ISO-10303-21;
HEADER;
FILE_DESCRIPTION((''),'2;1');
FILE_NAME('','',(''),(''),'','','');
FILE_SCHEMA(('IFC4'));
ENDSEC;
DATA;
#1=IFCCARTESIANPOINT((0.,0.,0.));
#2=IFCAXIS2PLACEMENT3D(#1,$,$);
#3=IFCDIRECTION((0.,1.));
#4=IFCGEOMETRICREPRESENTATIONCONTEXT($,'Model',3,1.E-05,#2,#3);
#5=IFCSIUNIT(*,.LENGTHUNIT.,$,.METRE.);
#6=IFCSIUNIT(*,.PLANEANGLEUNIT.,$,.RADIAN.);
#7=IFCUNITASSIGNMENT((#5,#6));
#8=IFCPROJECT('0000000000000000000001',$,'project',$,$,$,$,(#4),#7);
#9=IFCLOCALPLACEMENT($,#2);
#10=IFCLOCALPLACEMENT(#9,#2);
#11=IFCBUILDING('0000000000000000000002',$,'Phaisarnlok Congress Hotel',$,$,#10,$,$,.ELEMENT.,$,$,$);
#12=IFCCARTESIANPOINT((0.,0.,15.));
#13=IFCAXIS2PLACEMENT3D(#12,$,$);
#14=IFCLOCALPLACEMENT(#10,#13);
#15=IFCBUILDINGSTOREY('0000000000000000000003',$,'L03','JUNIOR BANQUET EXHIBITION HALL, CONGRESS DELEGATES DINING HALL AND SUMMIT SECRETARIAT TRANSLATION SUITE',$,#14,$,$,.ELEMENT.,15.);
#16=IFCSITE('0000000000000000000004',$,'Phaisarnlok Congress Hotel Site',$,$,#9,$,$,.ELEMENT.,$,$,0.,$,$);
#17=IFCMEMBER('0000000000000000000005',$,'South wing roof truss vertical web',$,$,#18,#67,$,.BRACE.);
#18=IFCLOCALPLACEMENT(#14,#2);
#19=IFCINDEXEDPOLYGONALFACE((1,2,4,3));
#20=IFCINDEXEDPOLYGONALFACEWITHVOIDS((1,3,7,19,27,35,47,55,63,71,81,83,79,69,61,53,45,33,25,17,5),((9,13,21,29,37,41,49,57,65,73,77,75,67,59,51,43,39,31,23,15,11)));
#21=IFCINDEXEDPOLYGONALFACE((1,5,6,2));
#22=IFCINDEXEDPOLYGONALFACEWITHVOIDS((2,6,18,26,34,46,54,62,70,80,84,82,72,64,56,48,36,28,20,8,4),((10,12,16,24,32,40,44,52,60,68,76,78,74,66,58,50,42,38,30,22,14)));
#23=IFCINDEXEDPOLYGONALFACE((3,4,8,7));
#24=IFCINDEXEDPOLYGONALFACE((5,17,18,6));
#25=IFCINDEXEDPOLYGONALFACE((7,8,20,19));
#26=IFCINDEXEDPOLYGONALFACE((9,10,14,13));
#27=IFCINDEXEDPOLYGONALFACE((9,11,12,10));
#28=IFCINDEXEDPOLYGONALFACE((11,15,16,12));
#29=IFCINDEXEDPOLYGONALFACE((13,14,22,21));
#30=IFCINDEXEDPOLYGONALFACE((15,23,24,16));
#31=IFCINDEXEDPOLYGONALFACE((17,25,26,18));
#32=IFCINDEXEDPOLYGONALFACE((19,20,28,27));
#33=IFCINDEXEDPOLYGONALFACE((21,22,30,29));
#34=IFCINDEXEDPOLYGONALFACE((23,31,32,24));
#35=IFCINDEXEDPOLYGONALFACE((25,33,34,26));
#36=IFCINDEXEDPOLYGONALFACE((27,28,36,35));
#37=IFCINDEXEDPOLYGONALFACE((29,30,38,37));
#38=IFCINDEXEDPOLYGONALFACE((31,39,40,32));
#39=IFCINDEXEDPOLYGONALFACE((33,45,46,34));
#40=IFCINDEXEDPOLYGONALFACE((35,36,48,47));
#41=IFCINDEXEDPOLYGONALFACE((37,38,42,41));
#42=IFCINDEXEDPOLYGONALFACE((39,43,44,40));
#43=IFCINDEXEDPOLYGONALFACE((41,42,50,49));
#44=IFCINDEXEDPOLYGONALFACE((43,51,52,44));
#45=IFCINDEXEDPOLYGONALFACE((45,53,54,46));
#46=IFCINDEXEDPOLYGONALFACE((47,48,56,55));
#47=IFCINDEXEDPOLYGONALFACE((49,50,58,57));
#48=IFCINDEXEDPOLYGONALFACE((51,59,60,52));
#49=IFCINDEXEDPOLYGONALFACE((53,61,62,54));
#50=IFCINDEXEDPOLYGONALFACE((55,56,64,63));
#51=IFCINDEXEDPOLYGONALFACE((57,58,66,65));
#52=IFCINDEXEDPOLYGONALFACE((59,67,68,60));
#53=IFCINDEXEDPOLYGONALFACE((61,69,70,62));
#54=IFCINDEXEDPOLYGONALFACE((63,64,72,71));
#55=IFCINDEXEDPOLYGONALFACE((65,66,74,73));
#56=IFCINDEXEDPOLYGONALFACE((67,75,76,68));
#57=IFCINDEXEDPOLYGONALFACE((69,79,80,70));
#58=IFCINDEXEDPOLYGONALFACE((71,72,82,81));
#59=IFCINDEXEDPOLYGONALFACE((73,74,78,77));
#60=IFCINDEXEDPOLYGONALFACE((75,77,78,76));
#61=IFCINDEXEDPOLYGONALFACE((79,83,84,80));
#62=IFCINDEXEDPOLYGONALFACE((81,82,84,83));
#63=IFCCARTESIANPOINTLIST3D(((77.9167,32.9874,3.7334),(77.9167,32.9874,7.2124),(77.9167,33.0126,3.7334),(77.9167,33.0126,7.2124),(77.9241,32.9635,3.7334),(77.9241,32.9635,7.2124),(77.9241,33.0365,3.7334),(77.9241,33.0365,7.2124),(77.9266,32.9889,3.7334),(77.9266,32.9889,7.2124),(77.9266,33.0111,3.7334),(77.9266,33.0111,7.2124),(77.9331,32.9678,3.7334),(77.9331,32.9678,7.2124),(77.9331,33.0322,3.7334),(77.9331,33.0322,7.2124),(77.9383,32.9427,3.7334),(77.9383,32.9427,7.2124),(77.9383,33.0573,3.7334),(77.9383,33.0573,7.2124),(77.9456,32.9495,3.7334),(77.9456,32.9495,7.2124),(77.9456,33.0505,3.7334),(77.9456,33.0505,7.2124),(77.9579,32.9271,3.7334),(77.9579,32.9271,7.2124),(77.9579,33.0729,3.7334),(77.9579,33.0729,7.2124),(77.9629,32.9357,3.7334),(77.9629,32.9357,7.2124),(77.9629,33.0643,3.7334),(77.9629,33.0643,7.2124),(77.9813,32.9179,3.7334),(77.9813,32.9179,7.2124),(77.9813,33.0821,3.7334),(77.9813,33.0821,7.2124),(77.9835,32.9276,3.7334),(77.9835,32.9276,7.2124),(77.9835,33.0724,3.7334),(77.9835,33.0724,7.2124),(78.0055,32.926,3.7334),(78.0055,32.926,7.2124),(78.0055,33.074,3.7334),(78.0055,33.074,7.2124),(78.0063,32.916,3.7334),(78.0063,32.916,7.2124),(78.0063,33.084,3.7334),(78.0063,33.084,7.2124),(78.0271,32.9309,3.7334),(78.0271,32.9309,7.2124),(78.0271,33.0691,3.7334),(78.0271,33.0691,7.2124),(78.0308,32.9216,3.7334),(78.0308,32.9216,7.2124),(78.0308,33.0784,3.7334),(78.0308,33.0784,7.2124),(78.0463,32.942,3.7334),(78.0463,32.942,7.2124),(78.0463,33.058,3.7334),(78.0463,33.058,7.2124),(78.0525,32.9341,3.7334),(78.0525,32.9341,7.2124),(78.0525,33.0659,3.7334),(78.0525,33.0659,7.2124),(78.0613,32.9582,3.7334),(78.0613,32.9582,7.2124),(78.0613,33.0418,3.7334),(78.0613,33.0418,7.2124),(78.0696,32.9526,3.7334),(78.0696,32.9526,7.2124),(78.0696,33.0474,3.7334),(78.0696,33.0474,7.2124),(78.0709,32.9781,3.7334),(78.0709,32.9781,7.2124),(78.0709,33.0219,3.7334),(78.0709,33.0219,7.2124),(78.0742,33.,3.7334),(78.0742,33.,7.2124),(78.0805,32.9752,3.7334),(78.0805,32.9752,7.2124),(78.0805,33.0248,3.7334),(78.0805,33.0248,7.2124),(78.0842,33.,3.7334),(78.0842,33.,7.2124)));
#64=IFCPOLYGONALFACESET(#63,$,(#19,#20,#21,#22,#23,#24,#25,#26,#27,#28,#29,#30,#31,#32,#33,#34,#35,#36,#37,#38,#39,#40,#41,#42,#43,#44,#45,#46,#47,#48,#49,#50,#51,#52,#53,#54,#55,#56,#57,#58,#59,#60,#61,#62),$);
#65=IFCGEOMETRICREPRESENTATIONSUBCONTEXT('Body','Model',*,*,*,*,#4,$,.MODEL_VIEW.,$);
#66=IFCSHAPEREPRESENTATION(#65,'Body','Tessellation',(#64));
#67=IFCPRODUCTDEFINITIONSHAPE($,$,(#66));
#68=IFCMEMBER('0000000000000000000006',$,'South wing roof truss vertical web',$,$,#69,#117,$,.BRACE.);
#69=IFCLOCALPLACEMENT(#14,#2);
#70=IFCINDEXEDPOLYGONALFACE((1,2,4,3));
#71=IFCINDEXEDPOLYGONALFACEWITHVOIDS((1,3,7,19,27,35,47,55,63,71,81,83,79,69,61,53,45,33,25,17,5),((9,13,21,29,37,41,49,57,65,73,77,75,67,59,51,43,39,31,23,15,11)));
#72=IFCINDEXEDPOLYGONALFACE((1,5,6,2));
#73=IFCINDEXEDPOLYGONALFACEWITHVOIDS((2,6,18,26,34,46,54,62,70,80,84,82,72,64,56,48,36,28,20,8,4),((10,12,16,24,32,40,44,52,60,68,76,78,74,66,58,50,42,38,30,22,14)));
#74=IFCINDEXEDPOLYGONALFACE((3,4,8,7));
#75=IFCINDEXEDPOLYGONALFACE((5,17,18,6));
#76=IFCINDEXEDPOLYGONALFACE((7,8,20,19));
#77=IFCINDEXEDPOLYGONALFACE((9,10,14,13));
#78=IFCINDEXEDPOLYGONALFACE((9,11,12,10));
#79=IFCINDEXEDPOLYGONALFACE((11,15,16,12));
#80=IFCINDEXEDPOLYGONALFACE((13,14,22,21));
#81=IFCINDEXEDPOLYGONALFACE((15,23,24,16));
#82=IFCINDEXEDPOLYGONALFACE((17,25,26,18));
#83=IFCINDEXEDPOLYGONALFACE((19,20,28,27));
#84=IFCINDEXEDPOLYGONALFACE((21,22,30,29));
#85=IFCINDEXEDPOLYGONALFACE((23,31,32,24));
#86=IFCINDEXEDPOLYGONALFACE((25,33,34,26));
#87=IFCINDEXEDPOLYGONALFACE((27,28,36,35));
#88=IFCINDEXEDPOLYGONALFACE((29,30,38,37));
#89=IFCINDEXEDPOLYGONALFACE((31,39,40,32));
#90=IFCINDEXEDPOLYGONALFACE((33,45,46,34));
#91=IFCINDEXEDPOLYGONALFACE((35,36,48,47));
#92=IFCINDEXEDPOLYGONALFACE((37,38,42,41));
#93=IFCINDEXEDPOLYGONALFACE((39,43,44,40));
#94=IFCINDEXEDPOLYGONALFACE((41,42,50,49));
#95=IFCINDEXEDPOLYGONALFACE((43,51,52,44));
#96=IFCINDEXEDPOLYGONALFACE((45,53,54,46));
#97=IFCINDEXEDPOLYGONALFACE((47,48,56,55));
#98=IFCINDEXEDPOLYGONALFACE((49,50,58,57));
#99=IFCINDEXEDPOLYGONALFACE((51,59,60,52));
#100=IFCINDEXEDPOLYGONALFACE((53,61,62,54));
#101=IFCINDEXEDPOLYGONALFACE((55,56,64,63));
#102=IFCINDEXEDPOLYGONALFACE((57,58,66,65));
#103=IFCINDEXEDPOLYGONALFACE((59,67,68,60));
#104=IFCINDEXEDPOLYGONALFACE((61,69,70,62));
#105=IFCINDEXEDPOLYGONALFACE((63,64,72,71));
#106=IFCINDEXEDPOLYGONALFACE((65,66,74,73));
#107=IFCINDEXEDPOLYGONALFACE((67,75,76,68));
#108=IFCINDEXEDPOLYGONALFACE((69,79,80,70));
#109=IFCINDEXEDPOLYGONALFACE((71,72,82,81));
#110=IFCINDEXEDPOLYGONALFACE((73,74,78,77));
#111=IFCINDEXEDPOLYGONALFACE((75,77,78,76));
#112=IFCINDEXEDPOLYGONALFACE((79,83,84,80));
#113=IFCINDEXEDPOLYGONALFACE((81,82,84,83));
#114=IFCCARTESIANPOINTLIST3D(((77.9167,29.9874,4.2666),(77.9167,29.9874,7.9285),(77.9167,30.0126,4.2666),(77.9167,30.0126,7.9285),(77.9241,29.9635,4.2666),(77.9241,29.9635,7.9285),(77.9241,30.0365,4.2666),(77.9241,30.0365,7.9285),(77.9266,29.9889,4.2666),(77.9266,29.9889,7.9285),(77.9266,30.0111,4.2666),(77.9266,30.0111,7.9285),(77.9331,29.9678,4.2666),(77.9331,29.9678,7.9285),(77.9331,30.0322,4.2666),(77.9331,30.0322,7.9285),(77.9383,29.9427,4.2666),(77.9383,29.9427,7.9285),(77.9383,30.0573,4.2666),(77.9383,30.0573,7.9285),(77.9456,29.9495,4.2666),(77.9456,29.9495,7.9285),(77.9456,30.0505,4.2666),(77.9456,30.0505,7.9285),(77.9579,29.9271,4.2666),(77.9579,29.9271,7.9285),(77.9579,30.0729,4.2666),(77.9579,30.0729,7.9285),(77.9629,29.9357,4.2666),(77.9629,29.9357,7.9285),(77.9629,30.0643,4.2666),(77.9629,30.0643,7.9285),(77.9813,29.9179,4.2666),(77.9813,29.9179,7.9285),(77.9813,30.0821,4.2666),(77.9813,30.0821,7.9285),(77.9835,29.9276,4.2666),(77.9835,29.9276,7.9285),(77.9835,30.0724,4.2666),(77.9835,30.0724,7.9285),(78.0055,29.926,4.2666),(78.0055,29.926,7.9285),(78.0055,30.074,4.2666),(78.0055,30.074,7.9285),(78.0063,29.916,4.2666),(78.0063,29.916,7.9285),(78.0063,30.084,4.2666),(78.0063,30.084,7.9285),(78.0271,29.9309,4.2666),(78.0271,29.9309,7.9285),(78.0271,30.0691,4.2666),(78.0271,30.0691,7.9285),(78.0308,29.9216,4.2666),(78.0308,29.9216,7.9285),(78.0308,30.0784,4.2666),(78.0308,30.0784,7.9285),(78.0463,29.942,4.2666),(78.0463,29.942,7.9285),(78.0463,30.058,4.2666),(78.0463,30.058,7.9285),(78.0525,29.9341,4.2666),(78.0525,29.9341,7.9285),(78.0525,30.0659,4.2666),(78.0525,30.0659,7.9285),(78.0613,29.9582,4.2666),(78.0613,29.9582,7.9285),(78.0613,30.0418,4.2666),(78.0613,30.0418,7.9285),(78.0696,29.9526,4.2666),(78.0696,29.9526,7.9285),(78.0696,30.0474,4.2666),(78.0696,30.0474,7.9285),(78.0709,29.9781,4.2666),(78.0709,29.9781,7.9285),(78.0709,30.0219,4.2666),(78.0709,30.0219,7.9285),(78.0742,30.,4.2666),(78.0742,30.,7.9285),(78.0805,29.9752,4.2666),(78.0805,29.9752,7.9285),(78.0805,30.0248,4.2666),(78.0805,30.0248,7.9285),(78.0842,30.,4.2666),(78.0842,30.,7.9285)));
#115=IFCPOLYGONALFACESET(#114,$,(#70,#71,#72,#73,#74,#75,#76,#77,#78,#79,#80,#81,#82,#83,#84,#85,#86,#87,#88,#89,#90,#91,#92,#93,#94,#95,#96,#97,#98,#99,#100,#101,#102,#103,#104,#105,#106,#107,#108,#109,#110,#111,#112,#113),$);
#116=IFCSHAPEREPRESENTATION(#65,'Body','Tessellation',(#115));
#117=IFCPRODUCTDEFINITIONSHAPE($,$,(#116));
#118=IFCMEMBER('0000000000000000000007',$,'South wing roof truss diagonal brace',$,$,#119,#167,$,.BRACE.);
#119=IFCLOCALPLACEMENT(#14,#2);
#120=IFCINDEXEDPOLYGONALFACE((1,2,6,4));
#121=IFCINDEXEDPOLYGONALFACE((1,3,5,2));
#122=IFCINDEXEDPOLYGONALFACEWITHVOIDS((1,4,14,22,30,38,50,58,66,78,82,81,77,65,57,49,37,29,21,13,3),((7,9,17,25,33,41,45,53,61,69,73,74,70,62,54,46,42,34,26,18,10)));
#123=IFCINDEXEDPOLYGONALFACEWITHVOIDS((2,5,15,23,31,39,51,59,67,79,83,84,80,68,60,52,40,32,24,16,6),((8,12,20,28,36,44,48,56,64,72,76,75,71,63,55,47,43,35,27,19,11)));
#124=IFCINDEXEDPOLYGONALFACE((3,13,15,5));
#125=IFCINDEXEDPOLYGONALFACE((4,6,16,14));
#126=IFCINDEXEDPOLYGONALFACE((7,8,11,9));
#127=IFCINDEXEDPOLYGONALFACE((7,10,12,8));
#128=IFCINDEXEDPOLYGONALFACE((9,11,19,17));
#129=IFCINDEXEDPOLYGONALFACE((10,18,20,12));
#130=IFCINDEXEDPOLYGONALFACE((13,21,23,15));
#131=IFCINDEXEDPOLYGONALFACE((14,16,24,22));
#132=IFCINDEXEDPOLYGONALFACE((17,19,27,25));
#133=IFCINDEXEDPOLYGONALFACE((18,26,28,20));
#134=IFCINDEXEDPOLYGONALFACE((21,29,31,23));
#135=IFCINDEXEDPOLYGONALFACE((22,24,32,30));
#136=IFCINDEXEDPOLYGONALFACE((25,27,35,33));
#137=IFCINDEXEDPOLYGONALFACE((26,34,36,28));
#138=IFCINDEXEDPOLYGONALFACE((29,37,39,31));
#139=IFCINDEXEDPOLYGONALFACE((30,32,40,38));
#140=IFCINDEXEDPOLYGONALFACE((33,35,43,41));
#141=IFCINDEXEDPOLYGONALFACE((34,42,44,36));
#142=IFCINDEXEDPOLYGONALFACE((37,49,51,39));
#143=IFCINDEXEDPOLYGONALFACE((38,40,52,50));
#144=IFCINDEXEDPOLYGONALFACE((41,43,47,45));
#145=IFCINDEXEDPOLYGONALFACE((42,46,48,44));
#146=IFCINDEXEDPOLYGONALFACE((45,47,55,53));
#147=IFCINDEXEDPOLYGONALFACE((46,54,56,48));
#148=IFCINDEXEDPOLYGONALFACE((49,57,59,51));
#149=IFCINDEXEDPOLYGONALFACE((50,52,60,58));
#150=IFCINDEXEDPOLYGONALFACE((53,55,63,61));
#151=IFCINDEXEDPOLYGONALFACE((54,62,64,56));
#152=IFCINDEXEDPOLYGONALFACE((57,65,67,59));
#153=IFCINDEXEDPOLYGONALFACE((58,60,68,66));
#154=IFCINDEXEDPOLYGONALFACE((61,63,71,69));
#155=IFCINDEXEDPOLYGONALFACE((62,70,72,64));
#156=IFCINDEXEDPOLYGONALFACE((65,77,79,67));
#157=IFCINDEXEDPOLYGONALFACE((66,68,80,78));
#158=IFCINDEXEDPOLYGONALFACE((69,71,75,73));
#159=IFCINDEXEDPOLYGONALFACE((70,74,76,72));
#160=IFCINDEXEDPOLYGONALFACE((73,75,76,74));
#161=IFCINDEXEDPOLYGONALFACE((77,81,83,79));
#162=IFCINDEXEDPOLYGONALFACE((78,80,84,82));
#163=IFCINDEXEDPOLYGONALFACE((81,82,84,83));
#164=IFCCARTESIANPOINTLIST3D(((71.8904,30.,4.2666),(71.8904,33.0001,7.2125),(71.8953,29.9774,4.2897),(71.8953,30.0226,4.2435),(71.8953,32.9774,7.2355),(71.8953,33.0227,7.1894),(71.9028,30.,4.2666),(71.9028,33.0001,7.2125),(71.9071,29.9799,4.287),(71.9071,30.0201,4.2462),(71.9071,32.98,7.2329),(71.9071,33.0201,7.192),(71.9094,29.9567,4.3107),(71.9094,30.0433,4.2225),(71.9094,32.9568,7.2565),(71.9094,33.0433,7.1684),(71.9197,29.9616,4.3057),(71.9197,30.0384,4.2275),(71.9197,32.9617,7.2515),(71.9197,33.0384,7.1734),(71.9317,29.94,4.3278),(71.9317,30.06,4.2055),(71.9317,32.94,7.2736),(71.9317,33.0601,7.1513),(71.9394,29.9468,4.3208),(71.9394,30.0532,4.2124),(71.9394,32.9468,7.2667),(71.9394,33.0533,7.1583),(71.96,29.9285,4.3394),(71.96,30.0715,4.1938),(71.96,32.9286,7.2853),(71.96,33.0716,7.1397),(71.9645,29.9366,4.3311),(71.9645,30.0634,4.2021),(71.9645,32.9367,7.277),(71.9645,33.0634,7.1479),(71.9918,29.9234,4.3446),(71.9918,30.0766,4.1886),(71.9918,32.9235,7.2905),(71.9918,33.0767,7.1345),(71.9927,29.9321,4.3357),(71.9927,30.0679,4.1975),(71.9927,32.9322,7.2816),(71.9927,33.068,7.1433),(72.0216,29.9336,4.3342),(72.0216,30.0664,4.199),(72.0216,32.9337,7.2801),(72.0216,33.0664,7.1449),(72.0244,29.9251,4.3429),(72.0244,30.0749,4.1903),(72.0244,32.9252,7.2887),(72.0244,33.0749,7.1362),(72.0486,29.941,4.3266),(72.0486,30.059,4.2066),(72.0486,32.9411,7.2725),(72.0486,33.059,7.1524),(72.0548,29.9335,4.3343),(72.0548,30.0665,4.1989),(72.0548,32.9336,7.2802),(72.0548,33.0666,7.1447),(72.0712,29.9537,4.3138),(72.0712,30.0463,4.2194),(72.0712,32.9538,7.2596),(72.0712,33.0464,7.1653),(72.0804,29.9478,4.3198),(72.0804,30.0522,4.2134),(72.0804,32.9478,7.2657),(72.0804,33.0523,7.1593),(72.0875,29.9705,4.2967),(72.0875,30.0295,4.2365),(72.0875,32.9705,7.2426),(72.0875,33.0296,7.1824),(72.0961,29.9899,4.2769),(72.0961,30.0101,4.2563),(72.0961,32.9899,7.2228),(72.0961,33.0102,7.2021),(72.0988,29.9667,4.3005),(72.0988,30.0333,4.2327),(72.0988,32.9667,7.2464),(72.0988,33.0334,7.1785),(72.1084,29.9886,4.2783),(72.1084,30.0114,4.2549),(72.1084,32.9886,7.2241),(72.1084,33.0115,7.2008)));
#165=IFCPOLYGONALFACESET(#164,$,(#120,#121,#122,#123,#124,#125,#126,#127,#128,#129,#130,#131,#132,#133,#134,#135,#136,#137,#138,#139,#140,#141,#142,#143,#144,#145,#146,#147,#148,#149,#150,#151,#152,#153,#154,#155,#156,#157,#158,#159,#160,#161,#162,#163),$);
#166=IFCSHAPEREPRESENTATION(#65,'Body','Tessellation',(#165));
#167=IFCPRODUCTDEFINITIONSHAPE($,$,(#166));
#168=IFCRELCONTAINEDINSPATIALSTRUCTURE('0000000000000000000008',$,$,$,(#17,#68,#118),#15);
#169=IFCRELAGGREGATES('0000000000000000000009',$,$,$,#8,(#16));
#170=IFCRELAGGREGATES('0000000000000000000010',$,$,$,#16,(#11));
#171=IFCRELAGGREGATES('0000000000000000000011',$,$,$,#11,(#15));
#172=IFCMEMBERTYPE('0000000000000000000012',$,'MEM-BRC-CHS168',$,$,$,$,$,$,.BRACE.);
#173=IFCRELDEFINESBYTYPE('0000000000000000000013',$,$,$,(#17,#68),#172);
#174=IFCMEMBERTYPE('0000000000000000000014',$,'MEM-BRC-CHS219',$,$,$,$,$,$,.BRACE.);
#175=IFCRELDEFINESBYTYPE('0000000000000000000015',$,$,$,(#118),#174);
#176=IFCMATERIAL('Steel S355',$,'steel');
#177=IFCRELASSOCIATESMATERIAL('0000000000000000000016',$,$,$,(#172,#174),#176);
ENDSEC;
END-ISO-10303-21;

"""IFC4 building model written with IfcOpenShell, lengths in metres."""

from ifc_helpers import new_model, si_unit, direction, frame, origin, origin_2d, place, context, subcontext, project, spatial, hollow_circle, extrude, material, material_profile, profile_set, type_object, element, save


model = new_model("IFC4")

# Units and contexts
model_context = context("Model", 3, precision=1e-05, world=origin(), true_north=direction((0.0, 1.0)))
body_context = subcontext(model_context, "Body", "Model", "MODEL_VIEW")
ifc_project = project(units=[si_unit("LENGTHUNIT", "METRE"), si_unit("PLANEANGLEUNIT", "RADIAN")], contexts=[model_context])

# Site, building, storey
site_placement = place(None, origin())
site = spatial("IfcSite", under=ifc_project, at=site_placement, Name="Phaisarnlok Congress Hotel Site", CompositionType="ELEMENT", RefElevation=0.0)
building_placement = place(site_placement, origin())
building = spatial("IfcBuilding", under=site, at=building_placement, Name="Phaisarnlok Congress Hotel", CompositionType="ELEMENT")
storey_placement = place(building_placement, frame((0.0, 0.0, 15.0)))
storey = spatial("IfcBuildingStorey", under=building, at=storey_placement, Name="L03", Description="JUNIOR BANQUET EXHIBITION HALL, CONGRESS DELEGATES DINING HALL AND SUMMIT SECRETARIAT TRANSLATION SUITE", CompositionType="ELEMENT", Elevation=15.0)

# Shared definitions
ifc_material_1 = material(Name="Steel S355", Category="steel")

# Members
ifc_material_profile_1 = material_profile(ifc_material_1, hollow_circle(Radius=0.0842, WallThickness=0.01, at=origin_2d()), Name="CHS 168.3x10")
ifc_profile_set_1 = profile_set([ifc_material_profile_1], Name="Steel S355")
member_type_1 = type_object("IfcMemberType", Name="MEM-BRC-CHS168", PredefinedType="BRACE", material=ifc_profile_set_1)
member_1_placement = place(storey_placement, frame((78.0, 33.0, 3.7334), z_axis=(0.0, 0.0, 1.0), x_axis=(1.0, 0.0, 0.0)))
element("IfcMember", 1, at=member_1_placement, inside=storey, type_object=member_type_1, Name="South wing roof truss vertical web", PredefinedType="BRACE", context=body_context, shape_type="SweptSolid", body=[
    extrude(hollow_circle(Radius=0.0842, WallThickness=0.01, at=origin_2d()), origin(), (0.0, 0.0, 1.0), 3.479),
])
member_2_placement = place(storey_placement, frame((78.0, 30.0, 4.2666), z_axis=(0.0, 0.0, 1.0), x_axis=(1.0, 0.0, 0.0)))
element("IfcMember", 2, at=member_2_placement, inside=storey, type_object=member_type_1, Name="South wing roof truss vertical web", PredefinedType="BRACE", context=body_context, shape_type="SweptSolid", body=[
    extrude(hollow_circle(Radius=0.0842, WallThickness=0.01, at=origin_2d()), origin(), (0.0, 0.0, 1.0), 3.6619),
])
ifc_material_profile_2 = material_profile(ifc_material_1, hollow_circle(Radius=0.1096, WallThickness=0.0125, at=origin_2d()), Name="CHS 219.1x12.5")
ifc_profile_set_2 = profile_set([ifc_material_profile_2], Name="Steel S355")
member_type_2 = type_object("IfcMemberType", Name="MEM-BRC-CHS219", PredefinedType="BRACE", material=ifc_profile_set_2)
member_3_placement = place(storey_placement, frame((72.0, 30.0, 4.2666), z_axis=(0.0, 0.713523, 0.700632), x_axis=(-1.0, 0.0, 0.0)))
element("IfcMember", 3, at=member_3_placement, inside=storey, type_object=member_type_2, Name="South wing roof truss diagonal brace", PredefinedType="BRACE", context=body_context, shape_type="SweptSolid", body=[
    extrude(hollow_circle(Radius=0.1096, WallThickness=0.0125, at=origin_2d()), origin(), (0.0, 0.0, 1.0), 4.2046),
])

save(model, "model.ifc")
